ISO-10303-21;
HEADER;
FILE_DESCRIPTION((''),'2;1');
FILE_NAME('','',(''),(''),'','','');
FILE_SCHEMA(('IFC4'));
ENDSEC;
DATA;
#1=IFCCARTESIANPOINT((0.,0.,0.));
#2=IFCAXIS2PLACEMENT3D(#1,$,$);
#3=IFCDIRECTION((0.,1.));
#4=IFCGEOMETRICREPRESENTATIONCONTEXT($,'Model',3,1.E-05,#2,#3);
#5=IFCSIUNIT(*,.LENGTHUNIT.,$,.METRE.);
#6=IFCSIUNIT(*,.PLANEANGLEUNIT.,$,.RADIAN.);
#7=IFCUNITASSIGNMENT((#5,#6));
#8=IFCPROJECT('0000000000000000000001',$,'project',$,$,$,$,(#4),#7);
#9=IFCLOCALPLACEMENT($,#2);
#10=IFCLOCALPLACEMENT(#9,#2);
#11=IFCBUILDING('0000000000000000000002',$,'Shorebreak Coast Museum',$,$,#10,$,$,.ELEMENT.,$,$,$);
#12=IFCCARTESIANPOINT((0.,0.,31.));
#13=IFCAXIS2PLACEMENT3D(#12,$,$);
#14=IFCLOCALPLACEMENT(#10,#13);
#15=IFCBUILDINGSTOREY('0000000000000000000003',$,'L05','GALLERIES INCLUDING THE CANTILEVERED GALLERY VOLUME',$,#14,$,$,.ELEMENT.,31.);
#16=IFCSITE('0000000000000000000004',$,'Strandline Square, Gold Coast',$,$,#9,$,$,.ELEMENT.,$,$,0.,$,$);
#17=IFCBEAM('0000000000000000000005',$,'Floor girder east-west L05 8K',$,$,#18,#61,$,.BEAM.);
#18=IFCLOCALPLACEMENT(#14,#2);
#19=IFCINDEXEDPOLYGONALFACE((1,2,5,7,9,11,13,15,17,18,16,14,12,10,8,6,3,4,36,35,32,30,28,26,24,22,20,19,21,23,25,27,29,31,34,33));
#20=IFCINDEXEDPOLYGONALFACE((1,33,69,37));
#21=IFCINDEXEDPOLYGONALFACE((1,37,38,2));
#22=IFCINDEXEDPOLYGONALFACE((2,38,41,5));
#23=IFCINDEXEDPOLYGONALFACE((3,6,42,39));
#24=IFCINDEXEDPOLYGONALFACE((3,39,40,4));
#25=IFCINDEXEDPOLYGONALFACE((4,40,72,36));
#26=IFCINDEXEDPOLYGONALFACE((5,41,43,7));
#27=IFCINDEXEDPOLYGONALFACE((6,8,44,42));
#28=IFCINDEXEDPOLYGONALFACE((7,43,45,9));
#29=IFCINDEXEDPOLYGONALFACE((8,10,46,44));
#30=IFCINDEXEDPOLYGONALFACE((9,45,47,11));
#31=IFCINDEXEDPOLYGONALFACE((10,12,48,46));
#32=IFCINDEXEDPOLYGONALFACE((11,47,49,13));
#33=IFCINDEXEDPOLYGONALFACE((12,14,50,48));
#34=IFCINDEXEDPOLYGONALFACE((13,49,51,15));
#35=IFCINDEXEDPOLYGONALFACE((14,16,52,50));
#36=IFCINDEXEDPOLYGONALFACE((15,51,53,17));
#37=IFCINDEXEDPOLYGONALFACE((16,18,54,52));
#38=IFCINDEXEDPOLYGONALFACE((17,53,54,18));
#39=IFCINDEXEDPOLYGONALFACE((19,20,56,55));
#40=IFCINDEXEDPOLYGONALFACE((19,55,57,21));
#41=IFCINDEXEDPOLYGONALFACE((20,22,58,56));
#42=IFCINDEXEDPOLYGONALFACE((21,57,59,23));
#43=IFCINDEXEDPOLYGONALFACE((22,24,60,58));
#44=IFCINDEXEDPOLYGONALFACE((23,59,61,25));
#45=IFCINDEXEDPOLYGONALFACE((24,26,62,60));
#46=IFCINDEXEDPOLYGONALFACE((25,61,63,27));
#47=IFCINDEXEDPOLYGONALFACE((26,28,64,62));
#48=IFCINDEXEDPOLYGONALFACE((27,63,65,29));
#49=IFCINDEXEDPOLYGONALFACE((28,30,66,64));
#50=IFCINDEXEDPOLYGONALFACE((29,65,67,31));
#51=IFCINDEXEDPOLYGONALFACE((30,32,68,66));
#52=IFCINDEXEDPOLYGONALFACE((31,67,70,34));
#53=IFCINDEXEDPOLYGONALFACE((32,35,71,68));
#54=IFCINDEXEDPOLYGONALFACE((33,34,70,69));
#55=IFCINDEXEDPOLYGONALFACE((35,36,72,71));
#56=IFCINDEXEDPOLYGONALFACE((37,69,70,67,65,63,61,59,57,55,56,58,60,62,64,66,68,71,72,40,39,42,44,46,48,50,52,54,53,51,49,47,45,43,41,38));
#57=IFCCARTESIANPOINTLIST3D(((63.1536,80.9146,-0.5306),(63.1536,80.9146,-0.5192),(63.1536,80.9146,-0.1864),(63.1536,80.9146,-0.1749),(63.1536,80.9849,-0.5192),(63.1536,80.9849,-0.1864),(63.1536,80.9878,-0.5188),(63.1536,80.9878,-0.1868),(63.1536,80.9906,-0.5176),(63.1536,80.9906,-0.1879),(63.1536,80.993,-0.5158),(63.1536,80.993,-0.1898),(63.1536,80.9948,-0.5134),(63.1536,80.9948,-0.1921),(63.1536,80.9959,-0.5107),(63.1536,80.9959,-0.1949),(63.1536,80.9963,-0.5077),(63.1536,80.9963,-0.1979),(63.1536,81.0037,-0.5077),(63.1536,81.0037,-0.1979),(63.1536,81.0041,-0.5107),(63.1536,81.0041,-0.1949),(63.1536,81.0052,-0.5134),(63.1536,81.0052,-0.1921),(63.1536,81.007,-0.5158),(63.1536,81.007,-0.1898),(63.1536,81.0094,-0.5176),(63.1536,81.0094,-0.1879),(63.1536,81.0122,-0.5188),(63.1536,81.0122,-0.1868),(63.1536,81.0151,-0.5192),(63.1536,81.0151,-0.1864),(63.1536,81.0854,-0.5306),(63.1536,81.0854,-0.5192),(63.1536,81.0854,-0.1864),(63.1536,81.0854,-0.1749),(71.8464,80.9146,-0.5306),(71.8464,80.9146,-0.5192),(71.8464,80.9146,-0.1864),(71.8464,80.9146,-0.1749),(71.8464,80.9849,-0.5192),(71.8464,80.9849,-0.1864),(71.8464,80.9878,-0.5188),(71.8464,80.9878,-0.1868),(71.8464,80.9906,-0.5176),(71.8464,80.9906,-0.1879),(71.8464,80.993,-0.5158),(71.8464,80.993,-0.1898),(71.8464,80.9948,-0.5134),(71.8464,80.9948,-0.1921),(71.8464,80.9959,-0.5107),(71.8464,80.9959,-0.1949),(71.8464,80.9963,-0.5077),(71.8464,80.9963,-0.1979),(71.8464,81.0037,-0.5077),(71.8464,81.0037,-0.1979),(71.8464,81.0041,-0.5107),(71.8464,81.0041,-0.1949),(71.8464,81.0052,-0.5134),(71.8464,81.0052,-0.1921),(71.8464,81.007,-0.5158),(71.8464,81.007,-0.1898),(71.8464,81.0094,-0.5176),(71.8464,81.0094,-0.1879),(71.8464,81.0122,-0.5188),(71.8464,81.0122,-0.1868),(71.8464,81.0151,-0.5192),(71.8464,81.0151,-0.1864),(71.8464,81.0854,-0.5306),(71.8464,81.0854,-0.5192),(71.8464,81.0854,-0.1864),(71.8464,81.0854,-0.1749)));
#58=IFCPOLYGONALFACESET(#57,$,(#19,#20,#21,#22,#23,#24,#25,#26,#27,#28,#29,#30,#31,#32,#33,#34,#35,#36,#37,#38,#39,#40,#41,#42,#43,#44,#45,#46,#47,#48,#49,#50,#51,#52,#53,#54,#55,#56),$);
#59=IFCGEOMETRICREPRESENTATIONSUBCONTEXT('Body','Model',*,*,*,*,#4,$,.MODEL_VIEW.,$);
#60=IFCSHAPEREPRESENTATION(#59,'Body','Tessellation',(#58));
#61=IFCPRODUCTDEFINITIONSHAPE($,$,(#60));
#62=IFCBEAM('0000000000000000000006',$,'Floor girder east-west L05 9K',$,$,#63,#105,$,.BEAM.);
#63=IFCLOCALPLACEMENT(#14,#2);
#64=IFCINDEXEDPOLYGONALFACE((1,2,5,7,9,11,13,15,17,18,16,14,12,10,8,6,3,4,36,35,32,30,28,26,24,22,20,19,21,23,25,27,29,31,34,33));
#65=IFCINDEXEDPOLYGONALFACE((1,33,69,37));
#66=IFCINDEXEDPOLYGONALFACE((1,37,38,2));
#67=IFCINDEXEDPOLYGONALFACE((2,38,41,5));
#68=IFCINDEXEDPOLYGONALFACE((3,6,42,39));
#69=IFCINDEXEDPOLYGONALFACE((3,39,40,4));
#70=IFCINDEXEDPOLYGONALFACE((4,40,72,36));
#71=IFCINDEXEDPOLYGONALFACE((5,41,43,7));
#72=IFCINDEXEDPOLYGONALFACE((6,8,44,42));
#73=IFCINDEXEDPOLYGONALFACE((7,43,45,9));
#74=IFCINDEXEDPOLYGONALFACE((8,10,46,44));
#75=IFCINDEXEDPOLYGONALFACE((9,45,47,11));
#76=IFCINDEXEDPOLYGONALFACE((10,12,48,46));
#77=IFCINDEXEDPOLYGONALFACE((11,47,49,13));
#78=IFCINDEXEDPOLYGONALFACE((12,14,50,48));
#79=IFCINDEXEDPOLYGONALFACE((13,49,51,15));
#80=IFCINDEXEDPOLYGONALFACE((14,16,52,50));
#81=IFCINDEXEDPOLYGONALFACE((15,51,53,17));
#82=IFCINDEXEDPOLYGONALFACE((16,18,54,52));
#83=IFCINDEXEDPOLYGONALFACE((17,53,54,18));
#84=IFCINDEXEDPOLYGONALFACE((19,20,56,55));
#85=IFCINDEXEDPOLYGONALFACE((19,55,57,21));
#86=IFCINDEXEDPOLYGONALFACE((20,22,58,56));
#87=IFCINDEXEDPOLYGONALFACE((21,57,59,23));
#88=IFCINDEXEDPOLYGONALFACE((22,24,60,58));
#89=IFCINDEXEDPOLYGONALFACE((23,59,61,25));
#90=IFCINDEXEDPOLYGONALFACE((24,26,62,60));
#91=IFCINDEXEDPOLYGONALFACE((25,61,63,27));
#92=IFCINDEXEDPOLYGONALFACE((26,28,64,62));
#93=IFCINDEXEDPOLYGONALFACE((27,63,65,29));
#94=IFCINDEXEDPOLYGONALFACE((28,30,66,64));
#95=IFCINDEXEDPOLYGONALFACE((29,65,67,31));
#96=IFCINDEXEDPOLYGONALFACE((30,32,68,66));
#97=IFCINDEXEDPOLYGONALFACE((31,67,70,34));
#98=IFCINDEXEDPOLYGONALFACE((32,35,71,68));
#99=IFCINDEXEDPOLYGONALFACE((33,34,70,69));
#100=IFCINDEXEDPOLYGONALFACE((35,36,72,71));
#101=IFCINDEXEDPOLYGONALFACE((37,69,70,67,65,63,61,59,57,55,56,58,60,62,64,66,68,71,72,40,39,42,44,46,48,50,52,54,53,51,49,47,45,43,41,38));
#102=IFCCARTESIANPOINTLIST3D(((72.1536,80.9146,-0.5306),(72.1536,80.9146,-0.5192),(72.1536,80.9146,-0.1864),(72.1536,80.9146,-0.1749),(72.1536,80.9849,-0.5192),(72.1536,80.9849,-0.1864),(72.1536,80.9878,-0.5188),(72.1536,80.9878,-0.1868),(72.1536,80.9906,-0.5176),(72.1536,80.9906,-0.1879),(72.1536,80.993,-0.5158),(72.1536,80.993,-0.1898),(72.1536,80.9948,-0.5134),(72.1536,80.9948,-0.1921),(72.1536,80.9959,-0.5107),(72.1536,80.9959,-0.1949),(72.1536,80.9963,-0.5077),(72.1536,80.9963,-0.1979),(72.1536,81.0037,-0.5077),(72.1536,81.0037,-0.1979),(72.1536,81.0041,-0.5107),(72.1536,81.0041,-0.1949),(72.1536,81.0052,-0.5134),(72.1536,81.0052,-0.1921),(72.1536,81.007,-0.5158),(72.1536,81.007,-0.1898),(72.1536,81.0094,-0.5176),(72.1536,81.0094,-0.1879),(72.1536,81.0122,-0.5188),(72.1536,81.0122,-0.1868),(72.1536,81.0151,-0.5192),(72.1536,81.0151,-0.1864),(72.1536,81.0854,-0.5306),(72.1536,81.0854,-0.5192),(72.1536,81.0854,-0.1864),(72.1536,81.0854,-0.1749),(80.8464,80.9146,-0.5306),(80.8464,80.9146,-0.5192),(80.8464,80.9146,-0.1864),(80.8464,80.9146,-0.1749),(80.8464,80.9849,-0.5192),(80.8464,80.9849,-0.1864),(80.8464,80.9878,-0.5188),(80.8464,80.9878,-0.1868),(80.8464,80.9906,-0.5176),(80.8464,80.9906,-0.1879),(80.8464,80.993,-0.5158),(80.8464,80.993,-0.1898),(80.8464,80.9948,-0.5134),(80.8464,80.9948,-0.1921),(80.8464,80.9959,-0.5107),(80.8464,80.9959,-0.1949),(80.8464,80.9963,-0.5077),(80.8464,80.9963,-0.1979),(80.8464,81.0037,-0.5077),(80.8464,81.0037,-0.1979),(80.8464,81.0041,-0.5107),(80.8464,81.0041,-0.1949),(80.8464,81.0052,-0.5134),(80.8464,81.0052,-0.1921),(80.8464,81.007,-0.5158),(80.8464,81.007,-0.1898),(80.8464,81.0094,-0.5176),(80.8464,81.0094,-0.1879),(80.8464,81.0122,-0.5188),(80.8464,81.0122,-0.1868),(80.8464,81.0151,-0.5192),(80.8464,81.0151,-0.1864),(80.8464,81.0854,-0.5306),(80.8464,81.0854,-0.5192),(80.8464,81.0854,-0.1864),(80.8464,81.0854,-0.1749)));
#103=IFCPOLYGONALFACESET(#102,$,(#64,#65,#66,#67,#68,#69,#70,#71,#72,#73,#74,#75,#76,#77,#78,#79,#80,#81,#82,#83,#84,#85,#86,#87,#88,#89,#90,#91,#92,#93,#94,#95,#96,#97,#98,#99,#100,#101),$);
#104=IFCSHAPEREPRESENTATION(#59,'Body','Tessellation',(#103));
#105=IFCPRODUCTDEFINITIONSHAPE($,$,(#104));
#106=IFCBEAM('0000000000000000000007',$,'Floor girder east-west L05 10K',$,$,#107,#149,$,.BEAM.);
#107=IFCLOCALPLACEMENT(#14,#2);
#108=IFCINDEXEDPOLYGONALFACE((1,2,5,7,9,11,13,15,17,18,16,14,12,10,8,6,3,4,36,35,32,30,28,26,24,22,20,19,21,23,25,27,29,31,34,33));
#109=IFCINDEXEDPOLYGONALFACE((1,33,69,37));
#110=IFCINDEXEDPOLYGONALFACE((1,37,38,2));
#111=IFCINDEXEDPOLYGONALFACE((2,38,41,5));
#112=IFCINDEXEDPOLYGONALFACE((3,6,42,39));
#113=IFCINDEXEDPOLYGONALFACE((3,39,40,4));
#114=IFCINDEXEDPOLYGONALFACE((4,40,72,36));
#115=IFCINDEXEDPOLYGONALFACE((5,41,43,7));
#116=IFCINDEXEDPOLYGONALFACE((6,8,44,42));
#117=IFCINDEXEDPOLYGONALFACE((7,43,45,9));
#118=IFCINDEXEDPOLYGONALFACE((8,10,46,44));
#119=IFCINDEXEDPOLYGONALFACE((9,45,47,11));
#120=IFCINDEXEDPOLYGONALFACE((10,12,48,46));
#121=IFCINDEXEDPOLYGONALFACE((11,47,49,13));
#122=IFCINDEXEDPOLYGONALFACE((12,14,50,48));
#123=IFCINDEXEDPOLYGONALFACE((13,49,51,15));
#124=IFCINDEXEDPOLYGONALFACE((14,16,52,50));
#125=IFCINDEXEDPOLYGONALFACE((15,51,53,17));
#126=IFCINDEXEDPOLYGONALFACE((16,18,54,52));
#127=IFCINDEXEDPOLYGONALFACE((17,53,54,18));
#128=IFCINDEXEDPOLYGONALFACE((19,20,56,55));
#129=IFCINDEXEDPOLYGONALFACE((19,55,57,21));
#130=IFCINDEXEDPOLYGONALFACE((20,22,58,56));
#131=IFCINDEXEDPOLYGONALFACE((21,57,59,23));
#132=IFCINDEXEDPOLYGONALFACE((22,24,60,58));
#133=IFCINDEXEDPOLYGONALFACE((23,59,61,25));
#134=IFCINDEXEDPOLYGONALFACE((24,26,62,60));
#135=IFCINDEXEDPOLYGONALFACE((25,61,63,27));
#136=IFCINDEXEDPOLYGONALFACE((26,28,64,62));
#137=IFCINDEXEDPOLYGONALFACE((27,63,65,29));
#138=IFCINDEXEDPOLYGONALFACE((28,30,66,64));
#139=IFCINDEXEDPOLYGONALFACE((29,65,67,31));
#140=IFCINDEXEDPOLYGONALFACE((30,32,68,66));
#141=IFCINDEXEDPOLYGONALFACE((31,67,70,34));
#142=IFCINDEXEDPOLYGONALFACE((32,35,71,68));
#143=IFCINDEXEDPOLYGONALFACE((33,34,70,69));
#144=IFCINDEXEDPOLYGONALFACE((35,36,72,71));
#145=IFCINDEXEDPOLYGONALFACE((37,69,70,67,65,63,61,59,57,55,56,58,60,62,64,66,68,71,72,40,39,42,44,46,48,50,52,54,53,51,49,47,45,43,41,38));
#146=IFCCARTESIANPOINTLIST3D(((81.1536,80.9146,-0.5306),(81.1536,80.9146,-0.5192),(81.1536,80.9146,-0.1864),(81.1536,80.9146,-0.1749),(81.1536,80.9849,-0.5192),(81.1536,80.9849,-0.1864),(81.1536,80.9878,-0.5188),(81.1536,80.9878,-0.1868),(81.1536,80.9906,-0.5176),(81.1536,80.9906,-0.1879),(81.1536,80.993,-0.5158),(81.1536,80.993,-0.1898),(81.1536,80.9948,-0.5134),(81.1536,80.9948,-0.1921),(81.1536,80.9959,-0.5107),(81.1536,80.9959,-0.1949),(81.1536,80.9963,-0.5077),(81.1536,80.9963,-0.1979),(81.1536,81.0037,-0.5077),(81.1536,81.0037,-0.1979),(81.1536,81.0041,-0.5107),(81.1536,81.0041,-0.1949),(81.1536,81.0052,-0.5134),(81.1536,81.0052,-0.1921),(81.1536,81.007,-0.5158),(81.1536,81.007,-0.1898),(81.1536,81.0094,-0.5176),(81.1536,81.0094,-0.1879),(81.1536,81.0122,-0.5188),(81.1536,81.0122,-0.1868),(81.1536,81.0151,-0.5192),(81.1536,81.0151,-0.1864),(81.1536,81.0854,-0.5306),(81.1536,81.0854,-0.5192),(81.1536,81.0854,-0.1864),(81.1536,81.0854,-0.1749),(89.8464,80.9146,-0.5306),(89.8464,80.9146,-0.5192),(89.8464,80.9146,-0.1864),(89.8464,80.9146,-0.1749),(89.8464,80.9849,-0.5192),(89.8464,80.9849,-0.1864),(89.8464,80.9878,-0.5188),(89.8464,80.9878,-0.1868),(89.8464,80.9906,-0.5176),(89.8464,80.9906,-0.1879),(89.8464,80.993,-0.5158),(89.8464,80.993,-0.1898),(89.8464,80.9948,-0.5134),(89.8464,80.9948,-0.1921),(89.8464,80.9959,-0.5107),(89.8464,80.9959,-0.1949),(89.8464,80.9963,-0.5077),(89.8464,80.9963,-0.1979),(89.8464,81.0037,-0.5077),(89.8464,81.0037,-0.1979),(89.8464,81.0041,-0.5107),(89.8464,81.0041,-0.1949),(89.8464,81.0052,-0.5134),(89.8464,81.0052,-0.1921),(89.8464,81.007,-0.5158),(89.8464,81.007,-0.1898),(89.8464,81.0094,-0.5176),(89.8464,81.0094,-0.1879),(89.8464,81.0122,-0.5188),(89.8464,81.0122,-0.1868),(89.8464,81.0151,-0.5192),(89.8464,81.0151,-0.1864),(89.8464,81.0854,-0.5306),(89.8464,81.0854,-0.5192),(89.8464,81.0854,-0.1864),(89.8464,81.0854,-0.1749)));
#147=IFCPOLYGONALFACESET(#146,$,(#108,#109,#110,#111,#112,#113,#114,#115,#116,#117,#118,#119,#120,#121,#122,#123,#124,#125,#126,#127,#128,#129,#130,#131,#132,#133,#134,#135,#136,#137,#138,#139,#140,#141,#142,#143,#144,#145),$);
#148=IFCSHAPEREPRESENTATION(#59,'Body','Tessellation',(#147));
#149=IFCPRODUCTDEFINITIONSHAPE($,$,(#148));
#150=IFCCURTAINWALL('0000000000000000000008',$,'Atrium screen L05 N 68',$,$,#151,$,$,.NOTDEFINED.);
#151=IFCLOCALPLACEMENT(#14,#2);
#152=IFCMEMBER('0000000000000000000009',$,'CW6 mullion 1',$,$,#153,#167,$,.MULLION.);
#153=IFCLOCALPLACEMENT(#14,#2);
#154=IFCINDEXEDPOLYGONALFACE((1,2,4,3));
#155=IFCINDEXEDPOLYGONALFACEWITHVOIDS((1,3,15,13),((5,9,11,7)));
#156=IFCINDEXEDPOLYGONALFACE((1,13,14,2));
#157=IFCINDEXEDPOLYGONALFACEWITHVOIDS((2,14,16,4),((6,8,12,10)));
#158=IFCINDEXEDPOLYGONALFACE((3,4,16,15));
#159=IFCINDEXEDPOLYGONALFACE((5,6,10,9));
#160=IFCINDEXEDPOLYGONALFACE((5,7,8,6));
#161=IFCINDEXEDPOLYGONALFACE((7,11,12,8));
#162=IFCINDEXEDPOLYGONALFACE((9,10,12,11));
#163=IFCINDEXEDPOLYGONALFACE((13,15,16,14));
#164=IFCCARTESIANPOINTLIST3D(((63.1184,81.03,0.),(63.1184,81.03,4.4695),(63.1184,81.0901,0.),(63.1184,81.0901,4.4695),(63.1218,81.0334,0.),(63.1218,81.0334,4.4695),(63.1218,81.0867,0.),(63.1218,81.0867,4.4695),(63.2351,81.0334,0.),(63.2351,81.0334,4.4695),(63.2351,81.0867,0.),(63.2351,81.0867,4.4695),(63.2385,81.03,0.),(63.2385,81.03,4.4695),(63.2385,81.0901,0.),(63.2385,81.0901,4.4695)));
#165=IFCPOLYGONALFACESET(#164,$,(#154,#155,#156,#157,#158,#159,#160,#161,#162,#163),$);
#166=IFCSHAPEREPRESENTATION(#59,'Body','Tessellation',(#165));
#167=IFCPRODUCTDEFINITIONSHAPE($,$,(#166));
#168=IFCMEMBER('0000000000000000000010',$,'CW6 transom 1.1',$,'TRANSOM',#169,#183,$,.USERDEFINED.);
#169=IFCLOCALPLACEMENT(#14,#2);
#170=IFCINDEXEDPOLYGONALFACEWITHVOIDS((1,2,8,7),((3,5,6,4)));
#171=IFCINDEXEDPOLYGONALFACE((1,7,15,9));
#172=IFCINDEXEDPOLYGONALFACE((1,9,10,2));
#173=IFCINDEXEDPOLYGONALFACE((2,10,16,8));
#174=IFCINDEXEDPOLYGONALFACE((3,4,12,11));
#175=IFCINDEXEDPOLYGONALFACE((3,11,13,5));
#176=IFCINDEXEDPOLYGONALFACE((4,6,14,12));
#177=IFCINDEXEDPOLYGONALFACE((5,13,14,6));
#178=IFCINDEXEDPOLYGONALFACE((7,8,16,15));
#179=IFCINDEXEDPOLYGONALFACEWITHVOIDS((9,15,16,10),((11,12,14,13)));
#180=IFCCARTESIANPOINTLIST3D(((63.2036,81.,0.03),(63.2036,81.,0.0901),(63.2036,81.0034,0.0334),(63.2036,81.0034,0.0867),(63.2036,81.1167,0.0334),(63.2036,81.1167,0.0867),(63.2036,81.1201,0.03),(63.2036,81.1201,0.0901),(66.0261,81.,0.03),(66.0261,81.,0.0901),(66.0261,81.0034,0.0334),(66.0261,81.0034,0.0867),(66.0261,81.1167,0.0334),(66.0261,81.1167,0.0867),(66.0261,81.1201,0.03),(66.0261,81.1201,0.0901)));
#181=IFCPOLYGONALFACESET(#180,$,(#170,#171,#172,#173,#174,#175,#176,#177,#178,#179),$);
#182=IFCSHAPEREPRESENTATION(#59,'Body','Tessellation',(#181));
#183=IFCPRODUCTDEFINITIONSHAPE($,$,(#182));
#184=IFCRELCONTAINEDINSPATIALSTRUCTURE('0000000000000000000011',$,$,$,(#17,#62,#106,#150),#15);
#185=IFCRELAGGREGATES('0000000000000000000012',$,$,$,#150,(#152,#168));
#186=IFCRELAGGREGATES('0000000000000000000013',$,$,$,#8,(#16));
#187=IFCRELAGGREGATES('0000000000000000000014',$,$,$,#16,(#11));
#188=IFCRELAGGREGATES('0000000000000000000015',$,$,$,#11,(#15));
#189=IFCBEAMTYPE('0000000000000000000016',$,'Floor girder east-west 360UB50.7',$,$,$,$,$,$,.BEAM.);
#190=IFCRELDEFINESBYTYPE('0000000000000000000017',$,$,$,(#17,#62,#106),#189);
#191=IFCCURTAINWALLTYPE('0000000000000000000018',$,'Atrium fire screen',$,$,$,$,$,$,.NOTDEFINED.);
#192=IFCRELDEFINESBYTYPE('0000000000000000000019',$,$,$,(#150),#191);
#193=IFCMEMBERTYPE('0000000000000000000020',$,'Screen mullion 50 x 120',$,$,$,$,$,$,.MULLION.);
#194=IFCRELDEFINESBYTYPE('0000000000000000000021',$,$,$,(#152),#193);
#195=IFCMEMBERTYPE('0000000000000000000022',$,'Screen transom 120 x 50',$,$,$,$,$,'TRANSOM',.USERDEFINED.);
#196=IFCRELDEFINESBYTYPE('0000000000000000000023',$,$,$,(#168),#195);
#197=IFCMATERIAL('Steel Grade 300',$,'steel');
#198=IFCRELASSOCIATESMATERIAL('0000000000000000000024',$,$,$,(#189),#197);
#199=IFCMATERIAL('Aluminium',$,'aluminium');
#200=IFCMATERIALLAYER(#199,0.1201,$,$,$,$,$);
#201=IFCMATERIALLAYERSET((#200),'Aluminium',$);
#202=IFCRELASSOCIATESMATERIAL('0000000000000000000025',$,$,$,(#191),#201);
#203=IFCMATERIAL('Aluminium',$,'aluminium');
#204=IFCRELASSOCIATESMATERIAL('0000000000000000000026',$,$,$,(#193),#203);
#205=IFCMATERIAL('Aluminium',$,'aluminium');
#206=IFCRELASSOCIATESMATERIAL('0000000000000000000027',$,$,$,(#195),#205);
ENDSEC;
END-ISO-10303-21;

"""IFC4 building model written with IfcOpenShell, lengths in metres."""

from ifc_helpers import new_model, si_unit, direction, frame, origin, origin_2d, place, context, subcontext, project, spatial, hollow_rectangle, i_section, extrude, material, layer, layer_set, material_profile, profile_set, type_object, element, aggregate, save


model = new_model("IFC4")

# Units and contexts
model_context = context("Model", 3, precision=1e-05, world=origin(), true_north=direction((0.0, 1.0)))
body_context = subcontext(model_context, "Body", "Model", "MODEL_VIEW")
ifc_project = project(units=[si_unit("LENGTHUNIT", "METRE"), si_unit("PLANEANGLEUNIT", "RADIAN")], contexts=[model_context])

# Site, building, storey
site_placement = place(None, origin())
site = spatial("IfcSite", under=ifc_project, at=site_placement, Name="Strandline Square, Gold Coast", CompositionType="ELEMENT", RefElevation=0.0)
building_placement = place(site_placement, origin())
building = spatial("IfcBuilding", under=site, at=building_placement, Name="Shorebreak Coast Museum", CompositionType="ELEMENT")
storey_placement = place(building_placement, frame((0.0, 0.0, 31.0)))
storey = spatial("IfcBuildingStorey", under=building, at=storey_placement, Name="L05", Description="GALLERIES INCLUDING THE CANTILEVERED GALLERY VOLUME", CompositionType="ELEMENT", Elevation=31.0)

# Beams
ifc_material_1 = material(Name="Steel Grade 300", Category="steel")
ifc_material_profile_1 = material_profile(ifc_material_1, i_section(OverallWidth=0.1709, OverallDepth=0.3557, WebThickness=0.0073, FlangeThickness=0.0115, FilletRadius=0.0115, at=origin_2d()), Name="360UB50.7")
ifc_profile_set_1 = profile_set([ifc_material_profile_1], Name="Steel Grade 300")
beam_type_1 = type_object("IfcBeamType", Name="Floor girder east-west 360UB50.7", PredefinedType="BEAM", material=ifc_profile_set_1)
for number, where, z_axis, x_axis, name in (
    (1, (63.1536, 81.0, -0.3528), (1.0, 0.0, 0.0), (0.0, 1.0, 0.0), "Floor girder east-west L05 8K"),
    (2, (72.1536, 81.0, -0.3528), (1.0, 0.0, 0.0), (0.0, 1.0, 0.0), "Floor girder east-west L05 9K"),
    (3, (81.1536, 81.0, -0.3528), (1.0, 0.0, 0.0), (0.0, 1.0, 0.0), "Floor girder east-west L05 10K"),
):
    element("IfcBeam", number, at=place(storey_placement, frame(where, z_axis=z_axis, x_axis=x_axis)), inside=storey, type_object=beam_type_1, Name=name, PredefinedType="BEAM", context=body_context, shape_type="SweptSolid", body=[
        extrude(i_section(OverallWidth=0.1709, OverallDepth=0.3557, WebThickness=0.0073, FlangeThickness=0.0115, FilletRadius=0.0115, at=origin_2d()), origin(), (0.0, 0.0, 1.0), 8.6929),
    ])

# Curtain wall, members
ifc_material_2 = material(Name="Aluminium", Category="aluminium")
ifc_layer = layer(ifc_material_2, 0.1201)
ifc_layer_set = layer_set([ifc_layer], Name="Aluminium")
curtain_wall_type = type_object("IfcCurtainWallType", Name="Atrium fire screen", PredefinedType="NOTDEFINED", material=ifc_layer_set)
curtain_wall_placement = place(storey_placement, origin())
curtain_wall = element("IfcCurtainWall", 4, at=curtain_wall_placement, inside=storey, type_object=curtain_wall_type, Name="Atrium screen L05 N 68", PredefinedType="NOTDEFINED")
ifc_material_3 = material(Name="Aluminium", Category="aluminium")
ifc_material_profile_2 = material_profile(ifc_material_3, hollow_rectangle(XDim=0.0601, YDim=0.1201, WallThickness=0.0034, at=origin_2d()), Name="AL 120x60 RHS")
ifc_profile_set_2 = profile_set([ifc_material_profile_2], Name="Aluminium")
member_type_1 = type_object("IfcMemberType", Name="Screen mullion 50 x 120", PredefinedType="MULLION", material=ifc_profile_set_2)
member_1_placement = place(storey_placement, frame((63.1785, 81.0601, 0.0), z_axis=(0.0, 0.0, 1.0), x_axis=(0.0, 1.0, 0.0)))
member_1 = element("IfcMember", 5, at=member_1_placement, type_object=member_type_1, Name="CW6 mullion 1", PredefinedType="MULLION", context=body_context, shape_type="SweptSolid", body=[
    extrude(hollow_rectangle(XDim=0.0601, YDim=0.1201, WallThickness=0.0034, at=origin_2d()), origin(), (0.0, 0.0, 1.0), 4.4695),
])
ifc_material_4 = material(Name="Aluminium", Category="aluminium")
ifc_material_profile_3 = material_profile(ifc_material_4, hollow_rectangle(XDim=0.1201, YDim=0.0601, WallThickness=0.0034, at=origin_2d()), Name="AL 60x120 RHS")
ifc_profile_set_3 = profile_set([ifc_material_profile_3], Name="Aluminium")
member_type_2 = type_object("IfcMemberType", Name="Screen transom 120 x 50", ElementType="TRANSOM", PredefinedType="USERDEFINED", material=ifc_profile_set_3)
member_2_placement = place(storey_placement, frame((63.2036, 81.0601, 0.0601), z_axis=(1.0, 0.0, 0.0), x_axis=(0.0, 1.0, 0.0)))
member_2 = element("IfcMember", 6, at=member_2_placement, type_object=member_type_2, Name="CW6 transom 1.1", ObjectType="TRANSOM", PredefinedType="USERDEFINED", context=body_context, shape_type="SweptSolid", body=[
    extrude(hollow_rectangle(XDim=0.1201, YDim=0.0601, WallThickness=0.0034, at=origin_2d()), origin(), (0.0, 0.0, 1.0), 2.8225),
])
aggregate(curtain_wall, [member_1, member_2])

save(model, "model.ifc")
